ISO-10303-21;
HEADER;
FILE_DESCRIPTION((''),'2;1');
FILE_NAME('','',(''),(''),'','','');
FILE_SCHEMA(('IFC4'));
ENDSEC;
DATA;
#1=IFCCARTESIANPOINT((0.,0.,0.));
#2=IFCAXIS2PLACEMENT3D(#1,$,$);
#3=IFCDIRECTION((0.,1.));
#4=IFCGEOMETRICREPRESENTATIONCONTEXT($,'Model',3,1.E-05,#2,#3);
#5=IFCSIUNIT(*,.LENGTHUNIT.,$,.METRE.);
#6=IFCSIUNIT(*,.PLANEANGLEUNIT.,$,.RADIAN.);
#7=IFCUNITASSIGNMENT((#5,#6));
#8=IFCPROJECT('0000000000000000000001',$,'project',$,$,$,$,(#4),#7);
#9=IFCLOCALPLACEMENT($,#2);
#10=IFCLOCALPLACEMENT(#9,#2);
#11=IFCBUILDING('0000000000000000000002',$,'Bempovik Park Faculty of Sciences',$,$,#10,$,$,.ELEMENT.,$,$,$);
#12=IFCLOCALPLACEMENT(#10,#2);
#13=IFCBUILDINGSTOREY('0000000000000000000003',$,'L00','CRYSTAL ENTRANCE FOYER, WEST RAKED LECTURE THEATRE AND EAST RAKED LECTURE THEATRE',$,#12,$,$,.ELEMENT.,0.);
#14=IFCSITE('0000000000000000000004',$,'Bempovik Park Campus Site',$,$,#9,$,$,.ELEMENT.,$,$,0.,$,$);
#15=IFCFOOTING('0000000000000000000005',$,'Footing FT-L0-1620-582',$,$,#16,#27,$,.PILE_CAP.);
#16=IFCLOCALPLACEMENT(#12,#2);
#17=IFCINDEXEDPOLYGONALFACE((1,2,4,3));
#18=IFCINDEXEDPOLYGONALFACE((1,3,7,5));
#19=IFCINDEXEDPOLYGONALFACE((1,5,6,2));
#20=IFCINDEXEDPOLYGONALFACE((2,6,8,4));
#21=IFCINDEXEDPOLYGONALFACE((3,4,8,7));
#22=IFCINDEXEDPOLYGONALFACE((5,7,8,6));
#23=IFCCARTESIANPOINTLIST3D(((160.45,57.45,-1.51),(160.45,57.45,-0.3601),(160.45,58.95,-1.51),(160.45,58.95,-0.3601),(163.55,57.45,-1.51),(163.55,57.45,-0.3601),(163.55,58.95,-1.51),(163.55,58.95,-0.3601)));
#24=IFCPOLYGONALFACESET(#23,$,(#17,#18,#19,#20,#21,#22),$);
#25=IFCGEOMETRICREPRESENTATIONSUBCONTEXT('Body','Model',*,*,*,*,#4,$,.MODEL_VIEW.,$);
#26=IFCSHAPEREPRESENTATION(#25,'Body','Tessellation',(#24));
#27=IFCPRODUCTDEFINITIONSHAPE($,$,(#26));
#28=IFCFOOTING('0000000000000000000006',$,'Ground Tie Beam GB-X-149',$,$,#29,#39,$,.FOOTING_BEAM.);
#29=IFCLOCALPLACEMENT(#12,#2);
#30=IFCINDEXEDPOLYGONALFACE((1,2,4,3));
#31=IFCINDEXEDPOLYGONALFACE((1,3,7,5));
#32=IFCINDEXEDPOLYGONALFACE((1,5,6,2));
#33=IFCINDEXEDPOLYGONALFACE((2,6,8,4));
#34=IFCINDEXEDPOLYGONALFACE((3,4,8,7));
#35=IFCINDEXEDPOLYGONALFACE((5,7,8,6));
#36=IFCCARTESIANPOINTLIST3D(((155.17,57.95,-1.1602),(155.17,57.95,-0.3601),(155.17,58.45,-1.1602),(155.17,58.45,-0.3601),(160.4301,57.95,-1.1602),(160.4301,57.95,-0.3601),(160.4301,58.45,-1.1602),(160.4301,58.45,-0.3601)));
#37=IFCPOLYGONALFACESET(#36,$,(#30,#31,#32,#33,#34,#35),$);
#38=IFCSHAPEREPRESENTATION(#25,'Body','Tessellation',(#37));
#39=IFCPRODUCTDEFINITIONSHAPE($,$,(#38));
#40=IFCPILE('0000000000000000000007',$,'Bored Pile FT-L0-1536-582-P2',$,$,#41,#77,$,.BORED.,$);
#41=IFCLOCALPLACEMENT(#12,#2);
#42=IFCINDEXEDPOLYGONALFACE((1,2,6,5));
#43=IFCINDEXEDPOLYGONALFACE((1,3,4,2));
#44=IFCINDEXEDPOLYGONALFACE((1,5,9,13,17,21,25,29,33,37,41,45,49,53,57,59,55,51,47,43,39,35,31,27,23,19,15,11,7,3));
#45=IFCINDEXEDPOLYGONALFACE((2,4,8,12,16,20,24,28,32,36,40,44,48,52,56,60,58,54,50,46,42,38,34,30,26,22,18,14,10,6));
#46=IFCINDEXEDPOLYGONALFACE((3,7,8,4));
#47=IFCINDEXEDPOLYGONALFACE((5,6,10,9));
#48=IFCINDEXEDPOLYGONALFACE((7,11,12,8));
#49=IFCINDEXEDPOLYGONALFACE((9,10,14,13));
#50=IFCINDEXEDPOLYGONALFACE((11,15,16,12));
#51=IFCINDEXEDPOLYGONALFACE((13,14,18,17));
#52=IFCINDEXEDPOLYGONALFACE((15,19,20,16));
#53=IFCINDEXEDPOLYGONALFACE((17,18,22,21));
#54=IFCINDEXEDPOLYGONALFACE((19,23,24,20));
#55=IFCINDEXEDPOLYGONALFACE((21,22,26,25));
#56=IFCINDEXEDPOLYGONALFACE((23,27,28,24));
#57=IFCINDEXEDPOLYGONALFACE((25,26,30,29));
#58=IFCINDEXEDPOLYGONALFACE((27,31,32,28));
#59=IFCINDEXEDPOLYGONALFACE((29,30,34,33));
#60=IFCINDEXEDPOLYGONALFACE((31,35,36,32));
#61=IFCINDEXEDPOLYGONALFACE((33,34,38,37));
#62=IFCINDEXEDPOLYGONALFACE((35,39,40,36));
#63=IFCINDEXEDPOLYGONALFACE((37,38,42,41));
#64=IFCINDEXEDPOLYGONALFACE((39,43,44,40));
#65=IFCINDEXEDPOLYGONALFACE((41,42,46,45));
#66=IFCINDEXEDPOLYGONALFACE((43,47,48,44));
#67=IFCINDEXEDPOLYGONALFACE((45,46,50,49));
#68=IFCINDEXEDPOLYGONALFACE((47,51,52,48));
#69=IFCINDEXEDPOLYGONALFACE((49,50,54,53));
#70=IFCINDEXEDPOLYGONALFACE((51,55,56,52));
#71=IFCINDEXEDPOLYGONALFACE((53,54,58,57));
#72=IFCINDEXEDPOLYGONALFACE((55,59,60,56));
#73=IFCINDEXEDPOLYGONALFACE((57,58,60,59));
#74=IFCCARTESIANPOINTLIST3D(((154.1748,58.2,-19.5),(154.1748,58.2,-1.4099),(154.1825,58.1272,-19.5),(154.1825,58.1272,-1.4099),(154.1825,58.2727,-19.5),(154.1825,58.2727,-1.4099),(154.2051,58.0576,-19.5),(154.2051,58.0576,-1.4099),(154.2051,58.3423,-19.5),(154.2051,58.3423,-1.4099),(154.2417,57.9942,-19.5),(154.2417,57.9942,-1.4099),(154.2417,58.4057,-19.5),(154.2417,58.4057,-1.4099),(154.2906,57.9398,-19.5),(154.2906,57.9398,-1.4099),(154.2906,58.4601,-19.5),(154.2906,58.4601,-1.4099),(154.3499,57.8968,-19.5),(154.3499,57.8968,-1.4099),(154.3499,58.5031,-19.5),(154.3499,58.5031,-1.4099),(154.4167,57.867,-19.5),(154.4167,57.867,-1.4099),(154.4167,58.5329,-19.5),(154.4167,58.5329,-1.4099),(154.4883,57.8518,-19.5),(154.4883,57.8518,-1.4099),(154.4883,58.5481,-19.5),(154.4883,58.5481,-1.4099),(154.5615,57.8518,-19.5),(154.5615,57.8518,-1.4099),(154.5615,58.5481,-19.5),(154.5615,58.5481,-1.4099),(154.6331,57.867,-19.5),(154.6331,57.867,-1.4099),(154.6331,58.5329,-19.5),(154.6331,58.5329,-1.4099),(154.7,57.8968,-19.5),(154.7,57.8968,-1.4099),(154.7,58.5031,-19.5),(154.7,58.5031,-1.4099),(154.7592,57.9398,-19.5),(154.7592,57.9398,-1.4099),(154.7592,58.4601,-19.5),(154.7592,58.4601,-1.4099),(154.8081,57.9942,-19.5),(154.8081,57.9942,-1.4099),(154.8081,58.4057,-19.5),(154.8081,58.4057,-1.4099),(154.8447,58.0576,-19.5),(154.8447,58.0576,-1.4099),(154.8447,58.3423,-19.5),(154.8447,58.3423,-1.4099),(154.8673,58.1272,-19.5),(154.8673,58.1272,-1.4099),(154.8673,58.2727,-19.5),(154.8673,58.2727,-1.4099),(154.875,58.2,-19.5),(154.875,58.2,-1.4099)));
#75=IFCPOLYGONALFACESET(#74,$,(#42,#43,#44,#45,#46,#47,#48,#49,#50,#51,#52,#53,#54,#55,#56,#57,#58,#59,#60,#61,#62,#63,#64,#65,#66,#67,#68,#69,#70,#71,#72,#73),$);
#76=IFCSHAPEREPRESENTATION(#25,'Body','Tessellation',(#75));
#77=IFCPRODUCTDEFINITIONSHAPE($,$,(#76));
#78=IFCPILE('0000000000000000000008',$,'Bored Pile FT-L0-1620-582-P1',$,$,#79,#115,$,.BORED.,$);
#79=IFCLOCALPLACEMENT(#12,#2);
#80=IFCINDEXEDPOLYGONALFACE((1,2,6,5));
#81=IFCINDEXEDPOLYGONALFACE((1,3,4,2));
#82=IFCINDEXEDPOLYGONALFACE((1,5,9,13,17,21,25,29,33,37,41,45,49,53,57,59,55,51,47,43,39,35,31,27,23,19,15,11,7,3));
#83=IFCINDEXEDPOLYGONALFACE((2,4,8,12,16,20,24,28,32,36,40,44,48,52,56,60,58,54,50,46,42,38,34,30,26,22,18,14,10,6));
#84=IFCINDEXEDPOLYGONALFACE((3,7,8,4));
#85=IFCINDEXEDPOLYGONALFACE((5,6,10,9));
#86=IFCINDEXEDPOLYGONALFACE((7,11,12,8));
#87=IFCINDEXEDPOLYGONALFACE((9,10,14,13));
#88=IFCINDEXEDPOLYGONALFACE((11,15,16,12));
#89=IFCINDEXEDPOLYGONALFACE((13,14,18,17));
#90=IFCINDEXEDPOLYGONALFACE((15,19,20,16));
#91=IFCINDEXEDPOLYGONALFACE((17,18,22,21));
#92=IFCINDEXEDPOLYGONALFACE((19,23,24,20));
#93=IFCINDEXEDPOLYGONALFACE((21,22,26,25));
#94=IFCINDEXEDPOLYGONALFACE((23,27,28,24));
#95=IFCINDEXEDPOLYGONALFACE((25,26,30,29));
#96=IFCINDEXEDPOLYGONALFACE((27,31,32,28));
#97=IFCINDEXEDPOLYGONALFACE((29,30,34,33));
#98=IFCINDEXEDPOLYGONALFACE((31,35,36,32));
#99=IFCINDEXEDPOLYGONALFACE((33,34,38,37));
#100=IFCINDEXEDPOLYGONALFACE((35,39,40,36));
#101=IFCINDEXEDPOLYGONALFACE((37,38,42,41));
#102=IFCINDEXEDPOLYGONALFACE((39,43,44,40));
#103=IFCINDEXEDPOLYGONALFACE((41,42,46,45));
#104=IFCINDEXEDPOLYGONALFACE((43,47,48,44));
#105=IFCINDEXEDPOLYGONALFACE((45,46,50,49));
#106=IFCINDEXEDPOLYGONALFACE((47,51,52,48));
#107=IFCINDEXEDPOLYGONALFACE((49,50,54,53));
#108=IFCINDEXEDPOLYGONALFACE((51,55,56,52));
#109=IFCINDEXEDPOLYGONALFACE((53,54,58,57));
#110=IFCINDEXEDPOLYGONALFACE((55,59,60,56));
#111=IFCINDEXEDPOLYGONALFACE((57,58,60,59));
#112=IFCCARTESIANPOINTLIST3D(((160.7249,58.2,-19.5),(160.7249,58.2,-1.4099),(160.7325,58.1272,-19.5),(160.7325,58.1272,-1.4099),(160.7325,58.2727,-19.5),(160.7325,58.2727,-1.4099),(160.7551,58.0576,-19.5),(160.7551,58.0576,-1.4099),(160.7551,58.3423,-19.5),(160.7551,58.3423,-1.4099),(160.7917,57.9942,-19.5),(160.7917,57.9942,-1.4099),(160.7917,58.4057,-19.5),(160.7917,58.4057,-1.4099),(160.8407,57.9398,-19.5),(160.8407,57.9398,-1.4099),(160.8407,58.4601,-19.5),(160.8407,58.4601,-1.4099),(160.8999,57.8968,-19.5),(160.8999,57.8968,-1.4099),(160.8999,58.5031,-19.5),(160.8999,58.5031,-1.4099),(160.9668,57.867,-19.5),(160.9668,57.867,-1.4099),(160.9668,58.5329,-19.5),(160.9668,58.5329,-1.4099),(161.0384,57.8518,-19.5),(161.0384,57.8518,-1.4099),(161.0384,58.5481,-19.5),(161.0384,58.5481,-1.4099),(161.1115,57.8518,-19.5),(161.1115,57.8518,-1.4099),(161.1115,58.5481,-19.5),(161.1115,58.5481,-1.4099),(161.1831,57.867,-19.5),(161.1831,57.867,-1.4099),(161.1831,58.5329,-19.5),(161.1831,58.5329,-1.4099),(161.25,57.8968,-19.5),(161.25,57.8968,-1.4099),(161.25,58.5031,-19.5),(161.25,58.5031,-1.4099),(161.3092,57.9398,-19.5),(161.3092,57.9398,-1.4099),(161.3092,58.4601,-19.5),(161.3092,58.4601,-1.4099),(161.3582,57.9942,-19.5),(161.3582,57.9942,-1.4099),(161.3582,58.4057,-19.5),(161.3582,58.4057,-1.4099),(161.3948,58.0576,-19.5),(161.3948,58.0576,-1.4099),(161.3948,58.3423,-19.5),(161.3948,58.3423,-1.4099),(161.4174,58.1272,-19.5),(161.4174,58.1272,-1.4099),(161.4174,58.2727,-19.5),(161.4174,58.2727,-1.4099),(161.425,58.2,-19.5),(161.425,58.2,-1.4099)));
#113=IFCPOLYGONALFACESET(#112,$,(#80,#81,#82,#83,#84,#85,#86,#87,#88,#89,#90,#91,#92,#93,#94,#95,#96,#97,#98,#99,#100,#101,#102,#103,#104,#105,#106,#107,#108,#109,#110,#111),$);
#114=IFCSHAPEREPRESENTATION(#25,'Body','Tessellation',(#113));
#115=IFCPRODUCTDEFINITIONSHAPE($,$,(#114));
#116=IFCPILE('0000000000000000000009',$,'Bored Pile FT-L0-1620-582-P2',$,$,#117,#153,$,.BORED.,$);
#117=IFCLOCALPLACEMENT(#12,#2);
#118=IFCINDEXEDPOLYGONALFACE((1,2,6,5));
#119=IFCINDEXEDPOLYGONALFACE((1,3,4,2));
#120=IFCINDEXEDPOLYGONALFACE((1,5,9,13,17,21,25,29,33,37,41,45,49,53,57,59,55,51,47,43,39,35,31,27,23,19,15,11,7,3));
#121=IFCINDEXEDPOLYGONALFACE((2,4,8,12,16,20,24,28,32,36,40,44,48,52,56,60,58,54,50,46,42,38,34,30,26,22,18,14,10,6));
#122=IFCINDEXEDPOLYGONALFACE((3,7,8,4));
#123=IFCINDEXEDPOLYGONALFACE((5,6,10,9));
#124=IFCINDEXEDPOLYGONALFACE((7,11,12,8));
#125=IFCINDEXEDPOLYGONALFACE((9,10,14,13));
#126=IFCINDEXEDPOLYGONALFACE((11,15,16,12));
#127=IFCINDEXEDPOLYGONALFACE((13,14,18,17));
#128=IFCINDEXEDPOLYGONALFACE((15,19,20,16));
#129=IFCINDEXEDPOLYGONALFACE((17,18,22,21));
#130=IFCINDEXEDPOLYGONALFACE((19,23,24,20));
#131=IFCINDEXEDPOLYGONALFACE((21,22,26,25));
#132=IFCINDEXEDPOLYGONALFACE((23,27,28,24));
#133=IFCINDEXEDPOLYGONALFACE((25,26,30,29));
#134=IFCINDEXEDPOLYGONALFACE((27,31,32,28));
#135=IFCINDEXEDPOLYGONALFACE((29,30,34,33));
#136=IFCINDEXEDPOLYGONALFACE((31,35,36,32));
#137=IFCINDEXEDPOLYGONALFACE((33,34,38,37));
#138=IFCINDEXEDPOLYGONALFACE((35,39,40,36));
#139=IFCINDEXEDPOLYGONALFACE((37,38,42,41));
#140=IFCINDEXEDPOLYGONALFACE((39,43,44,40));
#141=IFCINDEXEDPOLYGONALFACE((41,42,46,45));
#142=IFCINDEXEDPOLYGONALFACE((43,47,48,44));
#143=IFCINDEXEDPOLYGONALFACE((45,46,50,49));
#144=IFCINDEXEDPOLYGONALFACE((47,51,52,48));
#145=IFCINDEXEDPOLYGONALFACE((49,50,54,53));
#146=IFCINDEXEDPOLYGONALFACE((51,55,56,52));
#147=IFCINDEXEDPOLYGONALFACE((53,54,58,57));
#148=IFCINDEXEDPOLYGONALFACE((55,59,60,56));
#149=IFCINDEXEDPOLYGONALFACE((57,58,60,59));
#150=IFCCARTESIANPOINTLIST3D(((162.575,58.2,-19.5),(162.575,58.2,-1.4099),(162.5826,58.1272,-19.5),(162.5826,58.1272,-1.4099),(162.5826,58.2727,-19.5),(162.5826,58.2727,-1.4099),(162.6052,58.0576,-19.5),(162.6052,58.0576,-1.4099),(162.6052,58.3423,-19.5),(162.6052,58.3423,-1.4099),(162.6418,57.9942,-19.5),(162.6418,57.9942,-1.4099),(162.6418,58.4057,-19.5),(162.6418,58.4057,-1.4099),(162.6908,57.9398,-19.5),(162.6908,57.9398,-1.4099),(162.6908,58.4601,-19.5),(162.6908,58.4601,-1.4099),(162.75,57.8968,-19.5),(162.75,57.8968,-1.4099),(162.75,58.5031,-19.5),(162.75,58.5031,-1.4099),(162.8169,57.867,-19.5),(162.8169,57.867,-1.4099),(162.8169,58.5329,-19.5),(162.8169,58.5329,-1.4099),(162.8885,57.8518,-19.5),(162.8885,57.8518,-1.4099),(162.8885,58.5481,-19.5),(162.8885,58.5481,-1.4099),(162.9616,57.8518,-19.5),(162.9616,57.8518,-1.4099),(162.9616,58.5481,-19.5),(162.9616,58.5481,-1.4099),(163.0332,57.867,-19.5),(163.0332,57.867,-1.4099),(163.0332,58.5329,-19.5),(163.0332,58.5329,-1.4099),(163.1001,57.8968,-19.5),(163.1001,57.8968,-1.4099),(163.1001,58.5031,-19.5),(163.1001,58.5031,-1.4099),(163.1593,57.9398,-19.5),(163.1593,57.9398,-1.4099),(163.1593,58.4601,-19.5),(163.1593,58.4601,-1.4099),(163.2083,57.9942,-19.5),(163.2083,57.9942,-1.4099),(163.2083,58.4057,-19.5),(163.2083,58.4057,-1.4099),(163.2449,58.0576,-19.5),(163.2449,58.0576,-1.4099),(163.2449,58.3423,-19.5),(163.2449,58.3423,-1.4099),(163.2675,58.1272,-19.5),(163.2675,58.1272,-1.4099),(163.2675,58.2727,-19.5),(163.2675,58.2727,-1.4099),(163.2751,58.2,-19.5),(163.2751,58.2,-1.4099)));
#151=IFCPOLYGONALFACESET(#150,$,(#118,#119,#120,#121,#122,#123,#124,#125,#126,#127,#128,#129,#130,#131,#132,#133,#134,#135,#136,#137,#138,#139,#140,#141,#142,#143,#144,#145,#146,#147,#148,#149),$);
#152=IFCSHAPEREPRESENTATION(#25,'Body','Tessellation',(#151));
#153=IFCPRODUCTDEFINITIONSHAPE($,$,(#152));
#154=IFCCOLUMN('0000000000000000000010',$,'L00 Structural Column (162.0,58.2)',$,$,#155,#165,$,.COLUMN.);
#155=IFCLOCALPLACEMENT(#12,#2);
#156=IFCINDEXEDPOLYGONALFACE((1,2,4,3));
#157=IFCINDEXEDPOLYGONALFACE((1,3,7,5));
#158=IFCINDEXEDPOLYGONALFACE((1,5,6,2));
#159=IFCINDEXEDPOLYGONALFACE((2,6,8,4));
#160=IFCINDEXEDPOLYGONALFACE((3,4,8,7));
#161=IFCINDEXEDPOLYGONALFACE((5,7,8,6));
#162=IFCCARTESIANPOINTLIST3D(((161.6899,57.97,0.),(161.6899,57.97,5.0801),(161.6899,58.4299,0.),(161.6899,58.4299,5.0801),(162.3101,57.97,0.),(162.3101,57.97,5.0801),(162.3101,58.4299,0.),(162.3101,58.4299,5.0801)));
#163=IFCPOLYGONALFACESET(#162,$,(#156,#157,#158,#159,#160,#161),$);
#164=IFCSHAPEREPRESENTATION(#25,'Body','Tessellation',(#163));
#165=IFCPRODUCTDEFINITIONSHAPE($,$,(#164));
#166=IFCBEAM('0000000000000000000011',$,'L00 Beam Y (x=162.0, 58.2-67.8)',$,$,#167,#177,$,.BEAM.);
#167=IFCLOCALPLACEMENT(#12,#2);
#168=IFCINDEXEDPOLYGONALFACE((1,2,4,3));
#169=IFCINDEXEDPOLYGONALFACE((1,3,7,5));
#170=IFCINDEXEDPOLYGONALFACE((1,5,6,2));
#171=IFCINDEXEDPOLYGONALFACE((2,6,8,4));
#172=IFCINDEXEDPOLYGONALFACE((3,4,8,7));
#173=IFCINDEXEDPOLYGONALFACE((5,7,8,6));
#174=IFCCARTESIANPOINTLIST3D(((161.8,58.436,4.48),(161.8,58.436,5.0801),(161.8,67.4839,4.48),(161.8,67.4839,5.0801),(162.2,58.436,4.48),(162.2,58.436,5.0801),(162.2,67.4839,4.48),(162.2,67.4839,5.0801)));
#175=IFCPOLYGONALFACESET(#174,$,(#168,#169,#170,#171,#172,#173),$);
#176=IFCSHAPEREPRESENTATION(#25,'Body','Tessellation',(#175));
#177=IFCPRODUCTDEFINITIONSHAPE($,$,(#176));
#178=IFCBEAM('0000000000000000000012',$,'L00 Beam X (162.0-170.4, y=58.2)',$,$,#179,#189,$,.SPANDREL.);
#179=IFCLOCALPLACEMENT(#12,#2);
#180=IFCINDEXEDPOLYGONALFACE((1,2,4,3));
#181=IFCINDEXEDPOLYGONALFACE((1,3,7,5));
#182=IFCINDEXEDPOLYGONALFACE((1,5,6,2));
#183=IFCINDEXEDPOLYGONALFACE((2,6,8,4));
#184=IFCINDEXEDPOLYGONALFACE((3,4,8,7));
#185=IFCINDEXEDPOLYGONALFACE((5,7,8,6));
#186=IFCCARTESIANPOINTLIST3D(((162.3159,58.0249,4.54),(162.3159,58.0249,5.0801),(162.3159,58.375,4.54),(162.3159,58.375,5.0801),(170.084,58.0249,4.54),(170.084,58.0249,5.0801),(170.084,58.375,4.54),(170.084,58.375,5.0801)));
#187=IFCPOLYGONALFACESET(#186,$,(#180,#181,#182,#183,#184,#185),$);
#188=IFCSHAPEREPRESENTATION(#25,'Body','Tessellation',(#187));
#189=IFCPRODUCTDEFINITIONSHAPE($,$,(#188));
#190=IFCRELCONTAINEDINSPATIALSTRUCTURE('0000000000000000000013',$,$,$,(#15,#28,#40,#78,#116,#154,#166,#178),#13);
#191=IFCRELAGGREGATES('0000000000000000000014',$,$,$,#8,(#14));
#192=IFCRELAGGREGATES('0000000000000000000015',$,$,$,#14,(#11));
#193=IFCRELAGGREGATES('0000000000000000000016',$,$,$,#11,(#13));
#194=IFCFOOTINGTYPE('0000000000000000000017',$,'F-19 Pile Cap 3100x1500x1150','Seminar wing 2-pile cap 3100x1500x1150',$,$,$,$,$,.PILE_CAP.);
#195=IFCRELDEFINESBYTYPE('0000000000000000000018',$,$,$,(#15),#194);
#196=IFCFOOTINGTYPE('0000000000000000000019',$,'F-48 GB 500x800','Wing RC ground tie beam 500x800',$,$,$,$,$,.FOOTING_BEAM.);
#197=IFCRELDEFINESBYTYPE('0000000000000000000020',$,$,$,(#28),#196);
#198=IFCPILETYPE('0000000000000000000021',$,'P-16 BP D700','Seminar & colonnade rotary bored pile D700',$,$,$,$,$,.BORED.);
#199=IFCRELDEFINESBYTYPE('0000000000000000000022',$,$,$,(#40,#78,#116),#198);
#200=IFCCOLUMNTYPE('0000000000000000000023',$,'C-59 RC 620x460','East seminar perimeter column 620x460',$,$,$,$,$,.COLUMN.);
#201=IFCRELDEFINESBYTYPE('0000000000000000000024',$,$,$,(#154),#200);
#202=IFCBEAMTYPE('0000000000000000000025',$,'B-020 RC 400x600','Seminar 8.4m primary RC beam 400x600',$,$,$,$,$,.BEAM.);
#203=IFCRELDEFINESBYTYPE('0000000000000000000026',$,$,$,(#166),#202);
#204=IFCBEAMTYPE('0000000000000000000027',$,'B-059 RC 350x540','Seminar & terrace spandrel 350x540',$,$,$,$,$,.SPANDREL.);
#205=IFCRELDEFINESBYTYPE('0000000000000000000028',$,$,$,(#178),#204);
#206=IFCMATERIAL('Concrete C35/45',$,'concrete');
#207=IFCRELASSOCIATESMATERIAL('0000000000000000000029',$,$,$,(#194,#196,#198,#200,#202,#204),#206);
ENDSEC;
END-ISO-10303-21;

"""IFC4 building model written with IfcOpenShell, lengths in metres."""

from ifc_helpers import new_model, si_unit, direction, frame, origin, origin_2d, place, context, subcontext, project, spatial, rectangle, circle, extrude, material, material_profile, profile_set, type_object, element, save


model = new_model("IFC4")

# Units and contexts
model_context = context("Model", 3, precision=1e-05, world=origin(), true_north=direction((0.0, 1.0)))
body_context = subcontext(model_context, "Body", "Model", "MODEL_VIEW")
ifc_project = project(units=[si_unit("LENGTHUNIT", "METRE"), si_unit("PLANEANGLEUNIT", "RADIAN")], contexts=[model_context])

# Site, building, storey
site_placement = place(None, origin())
site = spatial("IfcSite", under=ifc_project, at=site_placement, Name="Bempovik Park Campus Site", CompositionType="ELEMENT", RefElevation=0.0)
building_placement = place(site_placement, origin())
building = spatial("IfcBuilding", under=site, at=building_placement, Name="Bempovik Park Faculty of Sciences", CompositionType="ELEMENT")
storey_placement = place(building_placement, origin())
storey = spatial("IfcBuildingStorey", under=building, at=storey_placement, Name="L00", Description="CRYSTAL ENTRANCE FOYER, WEST RAKED LECTURE THEATRE AND EAST RAKED LECTURE THEATRE", CompositionType="ELEMENT", Elevation=0.0)

# Footings
ifc_material_1 = material(Name="Concrete C35/45", Category="concrete")
footing_type_1 = type_object("IfcFootingType", Name="F-19 Pile Cap 3100x1500x1150", Description="Seminar wing 2-pile cap 3100x1500x1150", PredefinedType="PILE_CAP", material=ifc_material_1)
footing_1_placement = place(storey_placement, frame((162.0, 58.2, -1.51), z_axis=(0.0, 0.0, 1.0), x_axis=(1.0, 0.0, 0.0)))
element("IfcFooting", 1, at=footing_1_placement, inside=storey, type_object=footing_type_1, Name="Footing FT-L0-1620-582", PredefinedType="PILE_CAP", context=body_context, shape_type="SweptSolid", body=[
    extrude(rectangle(XDim=3.1001, YDim=1.5, at=origin_2d()), origin(), (0.0, 0.0, 1.0), 1.1499),
])
footing_type_2 = type_object("IfcFootingType", Name="F-48 GB 500x800", Description="Wing RC ground tie beam 500x800", PredefinedType="FOOTING_BEAM", material=ifc_material_1)
footing_2_placement = place(storey_placement, frame((157.8, 58.2, -1.1602), z_axis=(0.0, 0.0, 1.0), x_axis=(1.0, 0.0, 0.0)))
element("IfcFooting", 2, at=footing_2_placement, inside=storey, type_object=footing_type_2, Name="Ground Tie Beam GB-X-149", PredefinedType="FOOTING_BEAM", context=body_context, shape_type="SweptSolid", body=[
    extrude(rectangle(XDim=5.26, YDim=0.5, at=origin_2d()), origin(), (0.0, 0.0, 1.0), 0.8),
])

# Piles
ifc_material_profile_1 = material_profile(ifc_material_1, circle(Radius=0.3501, at=origin_2d()), Name="BP D700")
ifc_profile_set_1 = profile_set([ifc_material_profile_1], Name="Concrete C35/45")
pile_type = type_object("IfcPileType", Name="P-16 BP D700", Description="Seminar & colonnade rotary bored pile D700", PredefinedType="BORED", material=ifc_profile_set_1)
for number, where, z_axis, x_axis, name in (
    (3, (154.5249, 58.2, -1.4099), (0.0, 0.0, -1.0), (1.0, 0.0, 0.0), "Bored Pile FT-L0-1536-582-P2"),
    (4, (161.075, 58.2, -1.4099), (0.0, 0.0, -1.0), (1.0, 0.0, 0.0), "Bored Pile FT-L0-1620-582-P1"),
    (5, (162.925, 58.2, -1.4099), (0.0, 0.0, -1.0), (1.0, 0.0, 0.0), "Bored Pile FT-L0-1620-582-P2"),
):
    element("IfcPile", number, at=place(storey_placement, frame(where, z_axis=z_axis, x_axis=x_axis)), inside=storey, type_object=pile_type, Name=name, PredefinedType="BORED", context=body_context, shape_type="SweptSolid", body=[
        extrude(circle(Radius=0.3501, at=origin_2d()), origin(), (0.0, 0.0, 1.0), 18.0901),
    ])

# Column
ifc_material_profile_2 = material_profile(ifc_material_1, rectangle(XDim=0.6201, YDim=0.46, at=origin_2d()), Name="RC 620x460")
ifc_profile_set_2 = profile_set([ifc_material_profile_2], Name="Concrete C35/45")
column_type = type_object("IfcColumnType", Name="C-59 RC 620x460", Description="East seminar perimeter column 620x460", PredefinedType="COLUMN", material=ifc_profile_set_2)
column_placement = place(storey_placement, frame((162.0, 58.2, 0.0), z_axis=(0.0, 0.0, 1.0), x_axis=(1.0, 0.0, 0.0)))
element("IfcColumn", 6, at=column_placement, inside=storey, type_object=column_type, Name="L00 Structural Column (162.0,58.2)", PredefinedType="COLUMN", context=body_context, shape_type="SweptSolid", body=[
    extrude(rectangle(XDim=0.6201, YDim=0.46, at=origin_2d()), origin(), (0.0, 0.0, 1.0), 5.0801),
])

# Beams
ifc_material_profile_3 = material_profile(ifc_material_1, rectangle(XDim=0.3999, YDim=0.6001, at=origin_2d()), Name="RC 400x600")
ifc_profile_set_3 = profile_set([ifc_material_profile_3], Name="Concrete C35/45")
beam_type_1 = type_object("IfcBeamType", Name="B-020 RC 400x600", Description="Seminar 8.4m primary RC beam 400x600", PredefinedType="BEAM", material=ifc_profile_set_3)
beam_1_placement = place(storey_placement, frame((162.0, 58.436, 4.78), z_axis=(0.0, 1.0, 0.0), x_axis=(-1.0, 0.0, 0.0)))
element("IfcBeam", 7, at=beam_1_placement, inside=storey, type_object=beam_type_1, Name="L00 Beam Y (x=162.0, 58.2-67.8)", PredefinedType="BEAM", context=body_context, shape_type="SweptSolid", body=[
    extrude(rectangle(XDim=0.3999, YDim=0.6001, at=origin_2d()), origin(), (0.0, 0.0, 1.0), 9.0479),
])
ifc_material_profile_4 = material_profile(ifc_material_1, rectangle(XDim=0.3501, YDim=0.54, at=origin_2d()), Name="RC 350x540")
ifc_profile_set_4 = profile_set([ifc_material_profile_4], Name="Concrete C35/45")
beam_type_2 = type_object("IfcBeamType", Name="B-059 RC 350x540", Description="Seminar & terrace spandrel 350x540", PredefinedType="SPANDREL", material=ifc_profile_set_4)
beam_2_placement = place(storey_placement, frame((162.3159, 58.2, 4.8101), z_axis=(1.0, 0.0, 0.0), x_axis=(0.0, 1.0, 0.0)))
element("IfcBeam", 8, at=beam_2_placement, inside=storey, type_object=beam_type_2, Name="L00 Beam X (162.0-170.4, y=58.2)", PredefinedType="SPANDREL", context=body_context, shape_type="SweptSolid", body=[
    extrude(rectangle(XDim=0.3501, YDim=0.54, at=origin_2d()), origin(), (0.0, 0.0, 1.0), 7.7681),
])

save(model, "model.ifc")
